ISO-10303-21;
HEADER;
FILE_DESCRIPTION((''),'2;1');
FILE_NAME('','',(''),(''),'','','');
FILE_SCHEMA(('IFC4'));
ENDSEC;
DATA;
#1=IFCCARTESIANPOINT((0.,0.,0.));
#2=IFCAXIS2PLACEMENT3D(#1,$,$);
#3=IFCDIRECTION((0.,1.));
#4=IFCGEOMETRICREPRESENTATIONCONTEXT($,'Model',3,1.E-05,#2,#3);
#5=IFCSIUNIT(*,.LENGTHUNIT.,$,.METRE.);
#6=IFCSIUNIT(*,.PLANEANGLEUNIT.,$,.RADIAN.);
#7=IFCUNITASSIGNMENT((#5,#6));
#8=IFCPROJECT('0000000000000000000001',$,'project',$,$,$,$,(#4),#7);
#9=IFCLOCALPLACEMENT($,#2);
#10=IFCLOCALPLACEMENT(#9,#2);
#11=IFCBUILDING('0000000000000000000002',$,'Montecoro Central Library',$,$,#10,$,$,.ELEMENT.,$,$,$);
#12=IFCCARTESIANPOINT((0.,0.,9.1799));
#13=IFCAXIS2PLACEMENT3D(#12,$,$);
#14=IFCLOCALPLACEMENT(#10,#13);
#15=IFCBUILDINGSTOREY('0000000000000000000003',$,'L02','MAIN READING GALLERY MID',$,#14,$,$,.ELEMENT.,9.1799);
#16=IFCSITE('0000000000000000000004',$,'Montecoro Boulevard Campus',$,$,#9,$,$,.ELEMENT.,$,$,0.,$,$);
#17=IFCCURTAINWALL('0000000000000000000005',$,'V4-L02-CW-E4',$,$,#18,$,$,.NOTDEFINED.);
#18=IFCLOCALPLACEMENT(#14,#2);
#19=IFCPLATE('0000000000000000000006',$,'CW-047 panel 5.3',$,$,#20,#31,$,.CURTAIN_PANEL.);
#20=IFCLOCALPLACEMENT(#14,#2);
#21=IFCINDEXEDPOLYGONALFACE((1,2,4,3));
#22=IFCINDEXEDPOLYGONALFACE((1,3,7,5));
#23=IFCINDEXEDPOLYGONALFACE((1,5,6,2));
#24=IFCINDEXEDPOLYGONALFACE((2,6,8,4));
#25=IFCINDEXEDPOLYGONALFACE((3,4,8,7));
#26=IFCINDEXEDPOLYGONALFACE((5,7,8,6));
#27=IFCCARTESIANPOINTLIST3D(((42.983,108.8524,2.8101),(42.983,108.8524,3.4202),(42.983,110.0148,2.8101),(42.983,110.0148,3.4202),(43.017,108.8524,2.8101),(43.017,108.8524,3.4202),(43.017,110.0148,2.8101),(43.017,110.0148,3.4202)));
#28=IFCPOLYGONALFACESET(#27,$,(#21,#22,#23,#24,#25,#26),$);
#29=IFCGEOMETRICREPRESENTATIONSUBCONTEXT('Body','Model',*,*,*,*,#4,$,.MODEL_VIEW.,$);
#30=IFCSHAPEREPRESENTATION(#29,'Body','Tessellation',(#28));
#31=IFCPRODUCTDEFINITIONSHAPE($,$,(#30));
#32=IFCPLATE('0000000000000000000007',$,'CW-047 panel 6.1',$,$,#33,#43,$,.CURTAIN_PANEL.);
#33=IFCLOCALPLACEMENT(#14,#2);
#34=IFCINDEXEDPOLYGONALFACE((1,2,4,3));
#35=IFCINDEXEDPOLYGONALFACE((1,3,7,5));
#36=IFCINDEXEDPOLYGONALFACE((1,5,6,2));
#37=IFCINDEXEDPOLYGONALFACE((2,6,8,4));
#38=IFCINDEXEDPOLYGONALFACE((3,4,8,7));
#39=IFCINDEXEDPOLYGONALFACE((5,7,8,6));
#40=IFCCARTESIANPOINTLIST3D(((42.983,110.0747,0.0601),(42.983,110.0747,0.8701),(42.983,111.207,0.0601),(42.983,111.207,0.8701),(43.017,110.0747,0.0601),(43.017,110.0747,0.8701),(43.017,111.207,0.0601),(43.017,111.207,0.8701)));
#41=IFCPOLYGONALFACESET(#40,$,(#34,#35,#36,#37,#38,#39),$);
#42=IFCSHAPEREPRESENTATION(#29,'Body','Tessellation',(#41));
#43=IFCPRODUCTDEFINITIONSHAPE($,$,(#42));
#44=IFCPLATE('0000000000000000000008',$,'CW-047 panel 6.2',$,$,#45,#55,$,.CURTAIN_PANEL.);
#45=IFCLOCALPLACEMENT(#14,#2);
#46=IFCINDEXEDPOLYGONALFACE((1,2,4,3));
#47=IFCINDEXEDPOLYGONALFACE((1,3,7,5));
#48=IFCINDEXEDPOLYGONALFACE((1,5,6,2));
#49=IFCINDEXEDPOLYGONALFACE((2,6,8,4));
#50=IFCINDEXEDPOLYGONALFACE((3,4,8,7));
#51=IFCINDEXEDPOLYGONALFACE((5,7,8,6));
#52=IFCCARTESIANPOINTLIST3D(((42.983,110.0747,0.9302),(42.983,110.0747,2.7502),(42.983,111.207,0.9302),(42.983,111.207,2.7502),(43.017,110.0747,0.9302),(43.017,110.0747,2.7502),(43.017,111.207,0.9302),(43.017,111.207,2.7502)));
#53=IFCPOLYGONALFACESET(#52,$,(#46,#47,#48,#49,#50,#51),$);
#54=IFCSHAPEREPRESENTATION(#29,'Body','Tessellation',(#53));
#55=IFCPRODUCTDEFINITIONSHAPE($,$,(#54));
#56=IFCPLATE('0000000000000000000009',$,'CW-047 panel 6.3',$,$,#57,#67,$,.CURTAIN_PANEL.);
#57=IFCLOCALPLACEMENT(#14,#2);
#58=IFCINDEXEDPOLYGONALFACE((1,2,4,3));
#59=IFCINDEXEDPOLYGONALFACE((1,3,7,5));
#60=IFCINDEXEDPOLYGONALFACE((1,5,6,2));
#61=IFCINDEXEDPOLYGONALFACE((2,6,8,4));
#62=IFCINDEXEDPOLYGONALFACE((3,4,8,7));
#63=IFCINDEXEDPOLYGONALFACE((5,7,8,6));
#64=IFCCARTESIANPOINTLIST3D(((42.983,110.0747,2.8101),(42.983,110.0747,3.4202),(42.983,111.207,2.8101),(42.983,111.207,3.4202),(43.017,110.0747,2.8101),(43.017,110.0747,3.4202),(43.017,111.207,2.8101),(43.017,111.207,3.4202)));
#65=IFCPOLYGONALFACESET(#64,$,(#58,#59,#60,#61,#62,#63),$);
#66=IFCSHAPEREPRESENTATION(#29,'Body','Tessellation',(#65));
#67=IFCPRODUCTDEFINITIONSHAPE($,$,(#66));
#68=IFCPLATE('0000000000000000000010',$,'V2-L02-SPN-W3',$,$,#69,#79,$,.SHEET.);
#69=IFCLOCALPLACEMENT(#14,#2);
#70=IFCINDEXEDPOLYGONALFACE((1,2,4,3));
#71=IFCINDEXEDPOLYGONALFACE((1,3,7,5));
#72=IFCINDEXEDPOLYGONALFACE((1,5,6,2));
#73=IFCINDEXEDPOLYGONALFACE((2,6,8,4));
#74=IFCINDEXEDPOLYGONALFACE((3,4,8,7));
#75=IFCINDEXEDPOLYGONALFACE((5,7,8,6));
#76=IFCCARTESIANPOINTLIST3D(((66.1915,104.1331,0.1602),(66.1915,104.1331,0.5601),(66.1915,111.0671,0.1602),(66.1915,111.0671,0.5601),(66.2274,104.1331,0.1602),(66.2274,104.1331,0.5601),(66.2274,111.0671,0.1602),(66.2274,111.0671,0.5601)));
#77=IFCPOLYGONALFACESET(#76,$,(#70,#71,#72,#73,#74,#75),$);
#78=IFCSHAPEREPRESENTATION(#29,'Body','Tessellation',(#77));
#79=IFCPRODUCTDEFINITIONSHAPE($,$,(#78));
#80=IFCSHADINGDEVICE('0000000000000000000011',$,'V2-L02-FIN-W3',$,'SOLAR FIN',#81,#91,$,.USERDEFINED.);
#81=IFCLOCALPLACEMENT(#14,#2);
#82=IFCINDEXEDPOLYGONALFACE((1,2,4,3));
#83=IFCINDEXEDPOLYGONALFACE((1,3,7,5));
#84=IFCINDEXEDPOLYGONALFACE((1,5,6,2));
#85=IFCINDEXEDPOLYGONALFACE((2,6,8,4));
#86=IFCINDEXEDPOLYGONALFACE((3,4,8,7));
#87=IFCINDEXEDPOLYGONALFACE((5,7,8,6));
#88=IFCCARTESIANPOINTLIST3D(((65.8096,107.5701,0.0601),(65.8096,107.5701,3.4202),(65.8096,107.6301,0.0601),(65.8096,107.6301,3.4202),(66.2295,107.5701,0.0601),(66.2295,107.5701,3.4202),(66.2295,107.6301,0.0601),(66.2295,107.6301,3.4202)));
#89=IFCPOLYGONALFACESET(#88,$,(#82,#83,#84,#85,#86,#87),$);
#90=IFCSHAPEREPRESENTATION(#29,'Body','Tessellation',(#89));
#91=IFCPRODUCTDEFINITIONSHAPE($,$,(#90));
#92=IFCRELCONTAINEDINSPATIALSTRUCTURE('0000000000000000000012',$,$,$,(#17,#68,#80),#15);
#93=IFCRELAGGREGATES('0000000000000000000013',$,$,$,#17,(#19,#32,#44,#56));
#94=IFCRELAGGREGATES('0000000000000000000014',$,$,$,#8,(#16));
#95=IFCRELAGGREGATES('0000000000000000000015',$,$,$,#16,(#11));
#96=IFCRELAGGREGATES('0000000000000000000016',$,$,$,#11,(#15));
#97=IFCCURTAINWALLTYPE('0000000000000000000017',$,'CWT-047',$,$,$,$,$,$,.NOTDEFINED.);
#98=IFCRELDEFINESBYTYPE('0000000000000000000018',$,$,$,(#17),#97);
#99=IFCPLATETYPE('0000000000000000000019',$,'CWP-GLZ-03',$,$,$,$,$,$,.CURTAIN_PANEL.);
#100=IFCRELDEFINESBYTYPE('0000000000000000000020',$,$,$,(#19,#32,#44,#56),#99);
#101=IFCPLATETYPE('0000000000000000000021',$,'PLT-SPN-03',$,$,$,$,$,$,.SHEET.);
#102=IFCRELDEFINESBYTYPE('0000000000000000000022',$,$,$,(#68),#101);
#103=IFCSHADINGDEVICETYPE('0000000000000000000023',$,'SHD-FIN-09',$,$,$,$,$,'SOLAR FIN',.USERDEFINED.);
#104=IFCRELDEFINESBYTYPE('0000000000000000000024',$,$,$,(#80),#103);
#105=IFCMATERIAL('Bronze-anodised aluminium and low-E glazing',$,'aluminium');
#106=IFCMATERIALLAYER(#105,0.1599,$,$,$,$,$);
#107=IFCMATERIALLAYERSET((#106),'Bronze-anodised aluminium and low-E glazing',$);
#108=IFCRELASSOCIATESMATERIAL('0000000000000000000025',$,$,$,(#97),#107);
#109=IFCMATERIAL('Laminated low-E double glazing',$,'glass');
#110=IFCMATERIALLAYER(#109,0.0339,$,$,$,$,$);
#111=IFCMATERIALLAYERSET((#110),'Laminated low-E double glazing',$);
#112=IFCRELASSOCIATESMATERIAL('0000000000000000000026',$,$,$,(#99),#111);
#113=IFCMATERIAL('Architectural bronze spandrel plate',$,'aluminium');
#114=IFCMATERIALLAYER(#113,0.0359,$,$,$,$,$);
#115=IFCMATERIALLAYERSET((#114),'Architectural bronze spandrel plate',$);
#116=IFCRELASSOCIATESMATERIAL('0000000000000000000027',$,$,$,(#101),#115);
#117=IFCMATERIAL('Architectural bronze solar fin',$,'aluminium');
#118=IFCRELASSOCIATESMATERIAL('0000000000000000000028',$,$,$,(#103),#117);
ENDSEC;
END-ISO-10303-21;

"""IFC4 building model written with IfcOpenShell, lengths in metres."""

from ifc_helpers import new_model, si_unit, direction, frame, origin, origin_2d, place, context, subcontext, project, spatial, rectangle, extrude, material, layer, layer_set, type_object, element, aggregate, save


model = new_model("IFC4")

# Units and contexts
model_context = context("Model", 3, precision=1e-05, world=origin(), true_north=direction((0.0, 1.0)))
body_context = subcontext(model_context, "Body", "Model", "MODEL_VIEW")
ifc_project = project(units=[si_unit("LENGTHUNIT", "METRE"), si_unit("PLANEANGLEUNIT", "RADIAN")], contexts=[model_context])

# Site, building, storey
site_placement = place(None, origin())
site = spatial("IfcSite", under=ifc_project, at=site_placement, Name="Montecoro Boulevard Campus", CompositionType="ELEMENT", RefElevation=0.0)
building_placement = place(site_placement, origin())
building = spatial("IfcBuilding", under=site, at=building_placement, Name="Montecoro Central Library", CompositionType="ELEMENT")
storey_placement = place(building_placement, frame((0.0, 0.0, 9.1799)))
storey = spatial("IfcBuildingStorey", under=building, at=storey_placement, Name="L02", Description="MAIN READING GALLERY MID", CompositionType="ELEMENT", Elevation=9.1799)

# Curtain wall
ifc_material_1 = material(Name="Bronze-anodised aluminium and low-E glazing", Category="aluminium")
ifc_layer_1 = layer(ifc_material_1, 0.1599)
ifc_layer_set_1 = layer_set([ifc_layer_1], Name="Bronze-anodised aluminium and low-E glazing")
curtain_wall_type_1 = type_object("IfcCurtainWallType", Name="CWT-047", PredefinedType="NOTDEFINED", material=ifc_layer_set_1)
curtain_wall_1_placement = place(storey_placement, origin())
curtain_wall_1 = element("IfcCurtainWall", 1, at=curtain_wall_1_placement, inside=storey, type_object=curtain_wall_type_1, Name="V4-L02-CW-E4", PredefinedType="NOTDEFINED")

# Plates
ifc_material_2 = material(Name="Laminated low-E double glazing", Category="glass")
ifc_layer_2 = layer(ifc_material_2, 0.0339)
ifc_layer_set_2 = layer_set([ifc_layer_2], Name="Laminated low-E double glazing")
plate_type_1 = type_object("IfcPlateType", Name="CWP-GLZ-03", PredefinedType="CURTAIN_PANEL", material=ifc_layer_set_2)
plate_1_placement = place(storey_placement, frame((43.0, 109.4336, 2.8101), z_axis=(0.0, 0.0, 1.0), x_axis=(0.0, 1.0, 0.0)))
plate_1 = element("IfcPlate", 2, at=plate_1_placement, type_object=plate_type_1, Name="CW-047 panel 5.3", PredefinedType="CURTAIN_PANEL", context=body_context, shape_type="SweptSolid", body=[
    extrude(rectangle(XDim=1.1624, YDim=0.0339, at=origin_2d()), origin(), (0.0, 0.0, 1.0), 0.6101),
])
plate_2_placement = place(storey_placement, frame((43.0, 110.6409, 0.0601), z_axis=(0.0, 0.0, 1.0), x_axis=(0.0, 1.0, 0.0)))
plate_2 = element("IfcPlate", 3, at=plate_2_placement, type_object=plate_type_1, Name="CW-047 panel 6.1", PredefinedType="CURTAIN_PANEL", context=body_context, shape_type="SweptSolid", body=[
    extrude(rectangle(XDim=1.1323, YDim=0.0339, at=origin_2d()), origin(), (0.0, 0.0, 1.0), 0.8101),
])
plate_3_placement = place(storey_placement, frame((43.0, 110.6409, 0.9302), z_axis=(0.0, 0.0, 1.0), x_axis=(0.0, 1.0, 0.0)))
plate_3 = element("IfcPlate", 4, at=plate_3_placement, type_object=plate_type_1, Name="CW-047 panel 6.2", PredefinedType="CURTAIN_PANEL", context=body_context, shape_type="SweptSolid", body=[
    extrude(rectangle(XDim=1.1323, YDim=0.0339, at=origin_2d()), origin(), (0.0, 0.0, 1.0), 1.8201),
])
plate_4_placement = place(storey_placement, frame((43.0, 110.6409, 2.8101), z_axis=(0.0, 0.0, 1.0), x_axis=(0.0, 1.0, 0.0)))
plate_4 = element("IfcPlate", 5, at=plate_4_placement, type_object=plate_type_1, Name="CW-047 panel 6.3", PredefinedType="CURTAIN_PANEL", context=body_context, shape_type="SweptSolid", body=[
    extrude(rectangle(XDim=1.1323, YDim=0.0339, at=origin_2d()), origin(), (0.0, 0.0, 1.0), 0.6101),
])
aggregate(curtain_wall_1, [plate_1, plate_2, plate_3, plate_4])
ifc_material_3 = material(Name="Architectural bronze spandrel plate", Category="aluminium")
ifc_layer_3 = layer(ifc_material_3, 0.0359)
ifc_layer_set_3 = layer_set([ifc_layer_3], Name="Architectural bronze spandrel plate")
plate_type_2 = type_object("IfcPlateType", Name="PLT-SPN-03", PredefinedType="SHEET", material=ifc_layer_set_3)
plate_5_placement = place(storey_placement, frame((66.2095, 107.6001, 0.1602), z_axis=(0.0, 0.0, 1.0), x_axis=(0.0, -1.0, 0.0)))
element("IfcPlate", 6, at=plate_5_placement, inside=storey, type_object=plate_type_2, Name="V2-L02-SPN-W3", PredefinedType="SHEET", context=body_context, shape_type="SweptSolid", body=[
    extrude(rectangle(XDim=6.9341, YDim=0.0359, at=origin_2d()), origin(), (0.0, 0.0, 1.0), 0.3999),
])

# Shading device
ifc_material_4 = material(Name="Architectural bronze solar fin", Category="aluminium")
shading_device_type = type_object("IfcShadingDeviceType", Name="SHD-FIN-09", ElementType="SOLAR FIN", PredefinedType="USERDEFINED", material=ifc_material_4)
shading_device_placement = place(storey_placement, frame((66.0195, 107.6001, 0.0601), z_axis=(0.0, 0.0, 1.0), x_axis=(0.0, -1.0, 0.0)))
element("IfcShadingDevice", 7, at=shading_device_placement, inside=storey, type_object=shading_device_type, Name="V2-L02-FIN-W3", ObjectType="SOLAR FIN", PredefinedType="USERDEFINED", context=body_context, shape_type="SweptSolid", body=[
    extrude(rectangle(XDim=0.0601, YDim=0.4199, at=origin_2d()), origin(), (0.0, 0.0, 1.0), 3.3601),
])

save(model, "model.ifc")
